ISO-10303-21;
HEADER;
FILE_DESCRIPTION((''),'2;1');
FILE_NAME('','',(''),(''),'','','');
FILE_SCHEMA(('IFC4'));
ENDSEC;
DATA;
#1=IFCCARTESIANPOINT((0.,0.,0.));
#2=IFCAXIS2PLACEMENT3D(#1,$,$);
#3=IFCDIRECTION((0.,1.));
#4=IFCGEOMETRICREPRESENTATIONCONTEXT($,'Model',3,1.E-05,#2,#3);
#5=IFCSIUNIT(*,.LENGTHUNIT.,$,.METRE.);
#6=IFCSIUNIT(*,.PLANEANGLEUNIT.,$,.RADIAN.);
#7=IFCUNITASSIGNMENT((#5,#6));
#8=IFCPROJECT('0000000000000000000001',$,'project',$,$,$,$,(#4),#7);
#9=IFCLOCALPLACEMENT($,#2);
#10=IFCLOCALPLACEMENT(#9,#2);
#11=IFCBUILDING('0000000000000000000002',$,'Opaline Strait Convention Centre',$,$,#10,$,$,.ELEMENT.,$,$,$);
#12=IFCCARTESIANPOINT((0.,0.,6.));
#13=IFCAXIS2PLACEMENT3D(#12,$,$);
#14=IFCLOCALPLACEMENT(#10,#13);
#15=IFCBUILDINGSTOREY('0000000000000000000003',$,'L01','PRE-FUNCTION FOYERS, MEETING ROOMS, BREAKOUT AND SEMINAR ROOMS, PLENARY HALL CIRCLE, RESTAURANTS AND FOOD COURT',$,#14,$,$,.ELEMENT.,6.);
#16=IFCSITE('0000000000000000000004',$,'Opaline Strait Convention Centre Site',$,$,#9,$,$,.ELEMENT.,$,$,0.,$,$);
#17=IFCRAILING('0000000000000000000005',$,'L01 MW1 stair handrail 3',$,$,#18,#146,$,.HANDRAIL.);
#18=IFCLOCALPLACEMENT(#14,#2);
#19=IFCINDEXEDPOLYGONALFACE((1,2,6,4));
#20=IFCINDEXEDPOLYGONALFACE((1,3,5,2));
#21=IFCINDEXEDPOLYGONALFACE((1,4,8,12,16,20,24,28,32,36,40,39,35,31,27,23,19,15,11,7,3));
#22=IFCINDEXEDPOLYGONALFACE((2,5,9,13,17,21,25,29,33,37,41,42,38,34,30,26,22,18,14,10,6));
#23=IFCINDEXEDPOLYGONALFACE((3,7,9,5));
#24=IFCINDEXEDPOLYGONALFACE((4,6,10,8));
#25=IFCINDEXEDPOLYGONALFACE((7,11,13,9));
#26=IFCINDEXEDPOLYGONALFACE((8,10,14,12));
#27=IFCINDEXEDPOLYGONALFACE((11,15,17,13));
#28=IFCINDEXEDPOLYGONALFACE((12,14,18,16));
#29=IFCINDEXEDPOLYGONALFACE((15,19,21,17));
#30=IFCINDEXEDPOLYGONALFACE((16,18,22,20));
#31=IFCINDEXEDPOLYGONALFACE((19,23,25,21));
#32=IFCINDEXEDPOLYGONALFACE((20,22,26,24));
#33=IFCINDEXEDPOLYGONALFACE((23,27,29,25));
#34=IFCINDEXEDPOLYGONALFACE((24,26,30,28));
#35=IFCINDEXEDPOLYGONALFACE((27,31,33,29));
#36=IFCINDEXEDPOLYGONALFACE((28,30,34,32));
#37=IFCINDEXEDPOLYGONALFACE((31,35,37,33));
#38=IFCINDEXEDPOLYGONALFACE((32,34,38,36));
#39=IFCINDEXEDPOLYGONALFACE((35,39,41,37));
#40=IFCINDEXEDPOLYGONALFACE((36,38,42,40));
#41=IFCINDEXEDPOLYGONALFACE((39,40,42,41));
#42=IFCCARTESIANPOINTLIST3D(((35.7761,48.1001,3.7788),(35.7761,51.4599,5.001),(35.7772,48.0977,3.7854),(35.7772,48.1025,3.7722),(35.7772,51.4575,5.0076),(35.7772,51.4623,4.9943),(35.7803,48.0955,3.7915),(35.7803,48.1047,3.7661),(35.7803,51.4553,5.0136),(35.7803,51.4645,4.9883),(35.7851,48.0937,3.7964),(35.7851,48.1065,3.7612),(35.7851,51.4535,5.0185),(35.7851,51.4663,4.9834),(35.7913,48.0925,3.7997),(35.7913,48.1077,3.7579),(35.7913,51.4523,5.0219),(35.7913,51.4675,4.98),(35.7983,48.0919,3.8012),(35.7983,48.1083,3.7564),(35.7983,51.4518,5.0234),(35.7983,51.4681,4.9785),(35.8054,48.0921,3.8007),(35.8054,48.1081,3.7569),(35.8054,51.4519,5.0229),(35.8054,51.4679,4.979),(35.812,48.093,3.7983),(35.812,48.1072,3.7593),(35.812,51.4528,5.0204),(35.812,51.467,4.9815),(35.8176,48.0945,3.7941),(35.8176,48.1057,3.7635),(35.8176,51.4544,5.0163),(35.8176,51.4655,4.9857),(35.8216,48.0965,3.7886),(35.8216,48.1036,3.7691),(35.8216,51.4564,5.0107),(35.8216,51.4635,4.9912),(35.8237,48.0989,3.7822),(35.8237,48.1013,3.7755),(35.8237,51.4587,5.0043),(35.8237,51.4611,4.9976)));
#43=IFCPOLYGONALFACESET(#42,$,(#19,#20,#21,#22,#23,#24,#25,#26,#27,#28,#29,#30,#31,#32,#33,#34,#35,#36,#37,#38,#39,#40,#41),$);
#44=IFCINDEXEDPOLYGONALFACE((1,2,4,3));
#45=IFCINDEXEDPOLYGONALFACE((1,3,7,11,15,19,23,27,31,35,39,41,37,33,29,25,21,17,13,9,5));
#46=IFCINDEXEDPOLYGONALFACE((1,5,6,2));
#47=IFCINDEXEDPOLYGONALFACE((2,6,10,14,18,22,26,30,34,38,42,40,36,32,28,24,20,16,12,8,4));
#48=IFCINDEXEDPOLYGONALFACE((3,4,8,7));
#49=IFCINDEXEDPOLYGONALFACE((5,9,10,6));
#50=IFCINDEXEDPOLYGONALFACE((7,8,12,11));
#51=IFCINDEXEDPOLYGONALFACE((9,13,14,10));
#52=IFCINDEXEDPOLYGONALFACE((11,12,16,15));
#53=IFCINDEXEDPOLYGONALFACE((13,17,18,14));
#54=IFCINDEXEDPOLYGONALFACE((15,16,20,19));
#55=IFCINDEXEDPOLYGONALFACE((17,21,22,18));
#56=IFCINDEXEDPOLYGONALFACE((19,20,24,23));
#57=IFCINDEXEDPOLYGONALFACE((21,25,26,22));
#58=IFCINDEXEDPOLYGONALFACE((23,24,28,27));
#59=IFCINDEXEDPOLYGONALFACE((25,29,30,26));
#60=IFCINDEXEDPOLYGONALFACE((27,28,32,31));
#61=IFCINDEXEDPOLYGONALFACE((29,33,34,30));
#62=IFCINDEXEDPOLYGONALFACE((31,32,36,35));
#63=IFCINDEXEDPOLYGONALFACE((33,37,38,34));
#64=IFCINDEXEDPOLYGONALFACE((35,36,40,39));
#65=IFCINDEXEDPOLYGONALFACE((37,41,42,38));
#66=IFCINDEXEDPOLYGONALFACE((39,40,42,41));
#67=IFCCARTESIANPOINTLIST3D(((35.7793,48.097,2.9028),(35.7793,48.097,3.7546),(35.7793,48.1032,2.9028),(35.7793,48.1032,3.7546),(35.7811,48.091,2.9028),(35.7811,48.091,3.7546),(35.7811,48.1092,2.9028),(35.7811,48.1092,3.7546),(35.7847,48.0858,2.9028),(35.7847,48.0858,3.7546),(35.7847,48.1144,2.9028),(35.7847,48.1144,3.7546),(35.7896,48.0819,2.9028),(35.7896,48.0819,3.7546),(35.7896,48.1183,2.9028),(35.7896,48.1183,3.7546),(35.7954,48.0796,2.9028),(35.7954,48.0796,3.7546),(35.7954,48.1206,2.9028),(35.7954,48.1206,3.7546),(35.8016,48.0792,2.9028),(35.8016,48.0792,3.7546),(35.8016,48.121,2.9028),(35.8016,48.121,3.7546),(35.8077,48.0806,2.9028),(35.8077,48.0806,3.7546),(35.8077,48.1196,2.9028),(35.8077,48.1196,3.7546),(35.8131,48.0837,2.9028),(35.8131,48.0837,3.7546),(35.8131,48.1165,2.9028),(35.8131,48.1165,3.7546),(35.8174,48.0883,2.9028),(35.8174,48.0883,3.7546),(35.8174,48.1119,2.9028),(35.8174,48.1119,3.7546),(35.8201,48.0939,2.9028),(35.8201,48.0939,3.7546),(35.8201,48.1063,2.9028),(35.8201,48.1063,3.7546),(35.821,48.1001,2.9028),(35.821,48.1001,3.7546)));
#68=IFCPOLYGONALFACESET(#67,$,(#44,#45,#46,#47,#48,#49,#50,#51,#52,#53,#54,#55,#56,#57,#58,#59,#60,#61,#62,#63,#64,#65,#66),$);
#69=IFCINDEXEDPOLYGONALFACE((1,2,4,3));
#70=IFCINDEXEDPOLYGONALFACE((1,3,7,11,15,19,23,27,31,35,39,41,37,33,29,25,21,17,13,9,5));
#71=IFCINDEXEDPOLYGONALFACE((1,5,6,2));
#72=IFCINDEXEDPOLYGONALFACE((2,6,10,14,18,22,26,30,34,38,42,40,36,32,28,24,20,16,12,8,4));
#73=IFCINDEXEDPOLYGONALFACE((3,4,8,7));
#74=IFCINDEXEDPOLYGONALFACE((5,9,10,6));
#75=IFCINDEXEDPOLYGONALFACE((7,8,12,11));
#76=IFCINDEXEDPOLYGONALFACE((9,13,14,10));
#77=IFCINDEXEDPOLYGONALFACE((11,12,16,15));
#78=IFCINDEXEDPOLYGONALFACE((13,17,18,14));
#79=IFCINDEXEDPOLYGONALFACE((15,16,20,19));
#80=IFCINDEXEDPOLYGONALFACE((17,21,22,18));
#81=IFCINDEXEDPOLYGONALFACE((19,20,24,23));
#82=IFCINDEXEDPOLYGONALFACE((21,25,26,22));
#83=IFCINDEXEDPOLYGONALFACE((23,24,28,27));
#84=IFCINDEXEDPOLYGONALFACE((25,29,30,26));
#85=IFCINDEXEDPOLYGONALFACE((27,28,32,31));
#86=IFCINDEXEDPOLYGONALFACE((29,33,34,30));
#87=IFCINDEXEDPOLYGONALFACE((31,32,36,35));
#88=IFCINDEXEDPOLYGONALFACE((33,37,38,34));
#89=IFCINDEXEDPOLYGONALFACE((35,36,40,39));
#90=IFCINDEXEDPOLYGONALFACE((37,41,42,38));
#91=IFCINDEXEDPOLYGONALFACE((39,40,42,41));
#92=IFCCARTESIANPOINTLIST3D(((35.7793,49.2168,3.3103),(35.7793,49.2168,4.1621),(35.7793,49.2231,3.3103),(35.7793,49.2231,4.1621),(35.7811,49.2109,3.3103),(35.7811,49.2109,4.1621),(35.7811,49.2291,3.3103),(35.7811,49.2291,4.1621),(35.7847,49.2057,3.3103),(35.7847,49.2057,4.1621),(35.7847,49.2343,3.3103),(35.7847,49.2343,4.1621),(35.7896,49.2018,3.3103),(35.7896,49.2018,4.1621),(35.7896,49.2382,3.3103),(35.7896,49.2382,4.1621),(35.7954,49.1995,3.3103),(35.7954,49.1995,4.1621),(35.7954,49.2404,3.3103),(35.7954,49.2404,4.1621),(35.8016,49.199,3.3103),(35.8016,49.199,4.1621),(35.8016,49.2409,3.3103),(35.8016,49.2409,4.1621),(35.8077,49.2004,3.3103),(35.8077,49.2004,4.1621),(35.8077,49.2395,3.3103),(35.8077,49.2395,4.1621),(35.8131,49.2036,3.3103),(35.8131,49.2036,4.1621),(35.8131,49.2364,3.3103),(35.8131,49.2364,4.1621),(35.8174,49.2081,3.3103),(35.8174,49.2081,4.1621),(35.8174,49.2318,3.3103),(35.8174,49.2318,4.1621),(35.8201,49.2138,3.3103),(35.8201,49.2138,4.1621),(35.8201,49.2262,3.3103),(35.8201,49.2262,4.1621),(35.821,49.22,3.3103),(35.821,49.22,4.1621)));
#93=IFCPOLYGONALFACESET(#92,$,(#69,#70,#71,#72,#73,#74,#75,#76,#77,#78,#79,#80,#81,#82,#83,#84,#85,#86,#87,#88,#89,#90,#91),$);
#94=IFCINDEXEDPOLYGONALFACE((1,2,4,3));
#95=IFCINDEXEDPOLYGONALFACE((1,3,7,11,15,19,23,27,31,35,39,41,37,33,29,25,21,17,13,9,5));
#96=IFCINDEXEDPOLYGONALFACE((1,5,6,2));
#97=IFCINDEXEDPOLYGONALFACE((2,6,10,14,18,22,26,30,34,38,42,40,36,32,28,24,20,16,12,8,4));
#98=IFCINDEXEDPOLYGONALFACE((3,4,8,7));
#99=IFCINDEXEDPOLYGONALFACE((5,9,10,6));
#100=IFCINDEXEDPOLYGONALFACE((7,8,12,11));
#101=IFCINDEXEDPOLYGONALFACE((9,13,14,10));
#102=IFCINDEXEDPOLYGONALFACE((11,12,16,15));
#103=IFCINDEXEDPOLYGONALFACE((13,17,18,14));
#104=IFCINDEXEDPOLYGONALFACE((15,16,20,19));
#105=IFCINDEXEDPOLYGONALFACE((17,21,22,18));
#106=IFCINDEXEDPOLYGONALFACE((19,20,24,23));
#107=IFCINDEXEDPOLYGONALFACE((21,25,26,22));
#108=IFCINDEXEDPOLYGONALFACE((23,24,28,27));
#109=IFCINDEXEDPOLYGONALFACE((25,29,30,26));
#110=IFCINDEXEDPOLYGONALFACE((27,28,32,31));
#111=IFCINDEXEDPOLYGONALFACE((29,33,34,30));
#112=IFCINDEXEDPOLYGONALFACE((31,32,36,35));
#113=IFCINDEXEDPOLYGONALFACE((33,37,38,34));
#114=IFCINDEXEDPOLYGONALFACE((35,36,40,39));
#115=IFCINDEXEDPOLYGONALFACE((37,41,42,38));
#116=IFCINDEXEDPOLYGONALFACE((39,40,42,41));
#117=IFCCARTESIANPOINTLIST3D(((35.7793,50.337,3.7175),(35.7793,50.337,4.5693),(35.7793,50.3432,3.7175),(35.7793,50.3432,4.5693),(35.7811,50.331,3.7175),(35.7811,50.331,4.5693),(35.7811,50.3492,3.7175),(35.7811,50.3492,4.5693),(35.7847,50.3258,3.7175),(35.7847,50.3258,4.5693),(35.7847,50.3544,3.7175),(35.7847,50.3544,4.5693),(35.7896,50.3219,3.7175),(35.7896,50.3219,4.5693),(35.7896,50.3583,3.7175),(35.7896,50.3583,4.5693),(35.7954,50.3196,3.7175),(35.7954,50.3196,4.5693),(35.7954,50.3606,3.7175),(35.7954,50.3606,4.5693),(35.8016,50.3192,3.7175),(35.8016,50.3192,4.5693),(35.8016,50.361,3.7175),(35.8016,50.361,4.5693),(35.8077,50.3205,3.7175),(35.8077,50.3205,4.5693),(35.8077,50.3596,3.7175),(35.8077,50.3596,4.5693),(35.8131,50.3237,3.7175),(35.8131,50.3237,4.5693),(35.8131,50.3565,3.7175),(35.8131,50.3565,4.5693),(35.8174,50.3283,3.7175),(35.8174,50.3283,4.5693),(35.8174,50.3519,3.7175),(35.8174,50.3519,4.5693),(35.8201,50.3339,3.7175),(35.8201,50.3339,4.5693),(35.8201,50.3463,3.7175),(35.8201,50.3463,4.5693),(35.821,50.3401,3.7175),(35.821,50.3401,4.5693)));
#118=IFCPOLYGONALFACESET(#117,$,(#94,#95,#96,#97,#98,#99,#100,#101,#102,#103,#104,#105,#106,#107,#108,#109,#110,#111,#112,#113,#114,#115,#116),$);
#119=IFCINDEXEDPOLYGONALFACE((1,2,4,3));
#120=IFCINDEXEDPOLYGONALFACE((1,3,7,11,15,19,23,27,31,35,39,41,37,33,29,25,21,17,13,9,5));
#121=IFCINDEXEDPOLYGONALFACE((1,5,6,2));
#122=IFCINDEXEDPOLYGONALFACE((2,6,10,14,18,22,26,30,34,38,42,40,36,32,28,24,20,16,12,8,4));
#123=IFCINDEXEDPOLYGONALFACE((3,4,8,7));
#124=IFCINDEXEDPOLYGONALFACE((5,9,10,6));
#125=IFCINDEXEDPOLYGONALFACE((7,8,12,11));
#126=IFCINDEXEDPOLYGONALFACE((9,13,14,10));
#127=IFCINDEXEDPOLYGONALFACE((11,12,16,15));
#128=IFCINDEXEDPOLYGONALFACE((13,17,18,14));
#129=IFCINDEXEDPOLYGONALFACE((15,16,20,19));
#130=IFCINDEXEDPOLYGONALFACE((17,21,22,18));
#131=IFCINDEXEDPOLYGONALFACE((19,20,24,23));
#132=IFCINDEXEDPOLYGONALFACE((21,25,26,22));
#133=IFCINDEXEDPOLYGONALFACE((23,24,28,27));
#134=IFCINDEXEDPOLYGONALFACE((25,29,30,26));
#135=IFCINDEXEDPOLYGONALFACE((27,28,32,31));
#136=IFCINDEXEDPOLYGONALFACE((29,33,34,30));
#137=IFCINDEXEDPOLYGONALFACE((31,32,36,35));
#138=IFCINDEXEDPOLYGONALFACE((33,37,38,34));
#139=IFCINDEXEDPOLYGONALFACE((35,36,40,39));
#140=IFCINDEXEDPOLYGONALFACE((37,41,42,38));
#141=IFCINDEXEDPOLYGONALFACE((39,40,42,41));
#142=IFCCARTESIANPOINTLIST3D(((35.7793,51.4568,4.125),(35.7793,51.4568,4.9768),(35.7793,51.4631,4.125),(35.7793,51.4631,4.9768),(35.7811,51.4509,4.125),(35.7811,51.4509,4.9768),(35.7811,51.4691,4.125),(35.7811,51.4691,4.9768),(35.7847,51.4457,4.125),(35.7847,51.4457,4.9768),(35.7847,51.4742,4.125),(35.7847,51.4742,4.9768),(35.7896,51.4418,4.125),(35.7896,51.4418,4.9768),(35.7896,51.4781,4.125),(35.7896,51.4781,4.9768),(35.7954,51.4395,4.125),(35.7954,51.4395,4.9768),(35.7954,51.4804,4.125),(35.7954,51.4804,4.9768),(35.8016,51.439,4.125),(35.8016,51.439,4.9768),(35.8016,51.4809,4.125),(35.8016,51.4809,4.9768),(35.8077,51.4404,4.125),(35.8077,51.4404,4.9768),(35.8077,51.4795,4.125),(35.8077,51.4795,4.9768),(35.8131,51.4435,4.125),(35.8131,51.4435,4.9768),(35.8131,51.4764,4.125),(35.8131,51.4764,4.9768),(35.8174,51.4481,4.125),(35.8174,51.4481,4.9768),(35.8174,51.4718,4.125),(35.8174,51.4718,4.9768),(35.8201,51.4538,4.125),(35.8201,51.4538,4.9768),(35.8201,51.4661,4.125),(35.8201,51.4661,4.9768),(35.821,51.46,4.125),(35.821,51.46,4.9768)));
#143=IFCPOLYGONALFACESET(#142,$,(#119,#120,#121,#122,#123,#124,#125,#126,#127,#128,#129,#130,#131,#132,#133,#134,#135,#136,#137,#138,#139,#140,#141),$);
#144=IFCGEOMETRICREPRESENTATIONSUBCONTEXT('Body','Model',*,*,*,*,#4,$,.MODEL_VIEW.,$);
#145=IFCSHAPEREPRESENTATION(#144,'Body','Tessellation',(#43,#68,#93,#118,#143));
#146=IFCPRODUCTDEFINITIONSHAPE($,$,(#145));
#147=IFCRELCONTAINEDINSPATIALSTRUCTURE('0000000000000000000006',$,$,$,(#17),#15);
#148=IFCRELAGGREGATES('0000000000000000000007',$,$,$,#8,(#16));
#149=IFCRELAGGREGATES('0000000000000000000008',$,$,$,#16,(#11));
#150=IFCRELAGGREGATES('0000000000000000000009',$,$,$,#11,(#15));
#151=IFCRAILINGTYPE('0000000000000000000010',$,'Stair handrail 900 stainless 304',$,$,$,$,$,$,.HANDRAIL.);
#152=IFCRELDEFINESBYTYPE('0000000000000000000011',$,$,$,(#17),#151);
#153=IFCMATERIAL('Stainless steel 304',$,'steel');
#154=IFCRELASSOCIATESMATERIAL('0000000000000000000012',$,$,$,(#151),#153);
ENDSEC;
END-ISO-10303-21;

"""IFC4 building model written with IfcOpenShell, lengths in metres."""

from ifc_helpers import new_model, si_unit, direction, frame, origin, origin_2d, place, context, subcontext, project, spatial, circle, extrude, material, type_object, element, save


model = new_model("IFC4")

# Units and contexts
model_context = context("Model", 3, precision=1e-05, world=origin(), true_north=direction((0.0, 1.0)))
body_context = subcontext(model_context, "Body", "Model", "MODEL_VIEW")
ifc_project = project(units=[si_unit("LENGTHUNIT", "METRE"), si_unit("PLANEANGLEUNIT", "RADIAN")], contexts=[model_context])

# Site, building, storey
site_placement = place(None, origin())
site = spatial("IfcSite", under=ifc_project, at=site_placement, Name="Opaline Strait Convention Centre Site", CompositionType="ELEMENT", RefElevation=0.0)
building_placement = place(site_placement, origin())
building = spatial("IfcBuilding", under=site, at=building_placement, Name="Opaline Strait Convention Centre", CompositionType="ELEMENT")
storey_placement = place(building_placement, frame((0.0, 0.0, 6.0)))
storey = spatial("IfcBuildingStorey", under=building, at=storey_placement, Name="L01", Description="PRE-FUNCTION FOYERS, MEETING ROOMS, BREAKOUT AND SEMINAR ROOMS, PLENARY HALL CIRCLE, RESTAURANTS AND FOOD COURT", CompositionType="ELEMENT", Elevation=6.0)

# Railing
ifc_material_1 = material(Name="Stainless steel 304", Category="steel")
railing_type_1 = type_object("IfcRailingType", Name="Stair handrail 900 stainless 304", PredefinedType="HANDRAIL", material=ifc_material_1)
for number, where, name in (
    (1, (35.8, 48.1001, 2.9028), "L01 MW1 stair handrail 3"),
):
    element("IfcRailing", number, at=place(storey_placement, frame(where)), inside=storey, type_object=railing_type_1, Name=name, PredefinedType="HANDRAIL", context=body_context, shape_type="SweptSolid", body=[
        extrude(circle(Radius=0.0239, at=origin_2d()), frame((0.0, 0.0, 0.876), z_axis=(0.0, 0.939758, 0.341842), x_axis=(-1.0, 0.0, 0.0)), (0.0, 0.0, 1.0), 3.5752),
        extrude(circle(Radius=0.021, at=origin_2d()), origin(), (0.0, 0.0, 1.0), 0.8518),
        extrude(circle(Radius=0.021, at=origin_2d()), frame((0.0, 1.1199, 0.4075)), (0.0, 0.0, 1.0), 0.8518),
        extrude(circle(Radius=0.021, at=origin_2d()), frame((0.0, 2.24, 0.8147)), (0.0, 0.0, 1.0), 0.8518),
        extrude(circle(Radius=0.021, at=origin_2d()), frame((0.0, 3.3599, 1.2222)), (0.0, 0.0, 1.0), 0.8518),
    ])

save(model, "model.ifc")
